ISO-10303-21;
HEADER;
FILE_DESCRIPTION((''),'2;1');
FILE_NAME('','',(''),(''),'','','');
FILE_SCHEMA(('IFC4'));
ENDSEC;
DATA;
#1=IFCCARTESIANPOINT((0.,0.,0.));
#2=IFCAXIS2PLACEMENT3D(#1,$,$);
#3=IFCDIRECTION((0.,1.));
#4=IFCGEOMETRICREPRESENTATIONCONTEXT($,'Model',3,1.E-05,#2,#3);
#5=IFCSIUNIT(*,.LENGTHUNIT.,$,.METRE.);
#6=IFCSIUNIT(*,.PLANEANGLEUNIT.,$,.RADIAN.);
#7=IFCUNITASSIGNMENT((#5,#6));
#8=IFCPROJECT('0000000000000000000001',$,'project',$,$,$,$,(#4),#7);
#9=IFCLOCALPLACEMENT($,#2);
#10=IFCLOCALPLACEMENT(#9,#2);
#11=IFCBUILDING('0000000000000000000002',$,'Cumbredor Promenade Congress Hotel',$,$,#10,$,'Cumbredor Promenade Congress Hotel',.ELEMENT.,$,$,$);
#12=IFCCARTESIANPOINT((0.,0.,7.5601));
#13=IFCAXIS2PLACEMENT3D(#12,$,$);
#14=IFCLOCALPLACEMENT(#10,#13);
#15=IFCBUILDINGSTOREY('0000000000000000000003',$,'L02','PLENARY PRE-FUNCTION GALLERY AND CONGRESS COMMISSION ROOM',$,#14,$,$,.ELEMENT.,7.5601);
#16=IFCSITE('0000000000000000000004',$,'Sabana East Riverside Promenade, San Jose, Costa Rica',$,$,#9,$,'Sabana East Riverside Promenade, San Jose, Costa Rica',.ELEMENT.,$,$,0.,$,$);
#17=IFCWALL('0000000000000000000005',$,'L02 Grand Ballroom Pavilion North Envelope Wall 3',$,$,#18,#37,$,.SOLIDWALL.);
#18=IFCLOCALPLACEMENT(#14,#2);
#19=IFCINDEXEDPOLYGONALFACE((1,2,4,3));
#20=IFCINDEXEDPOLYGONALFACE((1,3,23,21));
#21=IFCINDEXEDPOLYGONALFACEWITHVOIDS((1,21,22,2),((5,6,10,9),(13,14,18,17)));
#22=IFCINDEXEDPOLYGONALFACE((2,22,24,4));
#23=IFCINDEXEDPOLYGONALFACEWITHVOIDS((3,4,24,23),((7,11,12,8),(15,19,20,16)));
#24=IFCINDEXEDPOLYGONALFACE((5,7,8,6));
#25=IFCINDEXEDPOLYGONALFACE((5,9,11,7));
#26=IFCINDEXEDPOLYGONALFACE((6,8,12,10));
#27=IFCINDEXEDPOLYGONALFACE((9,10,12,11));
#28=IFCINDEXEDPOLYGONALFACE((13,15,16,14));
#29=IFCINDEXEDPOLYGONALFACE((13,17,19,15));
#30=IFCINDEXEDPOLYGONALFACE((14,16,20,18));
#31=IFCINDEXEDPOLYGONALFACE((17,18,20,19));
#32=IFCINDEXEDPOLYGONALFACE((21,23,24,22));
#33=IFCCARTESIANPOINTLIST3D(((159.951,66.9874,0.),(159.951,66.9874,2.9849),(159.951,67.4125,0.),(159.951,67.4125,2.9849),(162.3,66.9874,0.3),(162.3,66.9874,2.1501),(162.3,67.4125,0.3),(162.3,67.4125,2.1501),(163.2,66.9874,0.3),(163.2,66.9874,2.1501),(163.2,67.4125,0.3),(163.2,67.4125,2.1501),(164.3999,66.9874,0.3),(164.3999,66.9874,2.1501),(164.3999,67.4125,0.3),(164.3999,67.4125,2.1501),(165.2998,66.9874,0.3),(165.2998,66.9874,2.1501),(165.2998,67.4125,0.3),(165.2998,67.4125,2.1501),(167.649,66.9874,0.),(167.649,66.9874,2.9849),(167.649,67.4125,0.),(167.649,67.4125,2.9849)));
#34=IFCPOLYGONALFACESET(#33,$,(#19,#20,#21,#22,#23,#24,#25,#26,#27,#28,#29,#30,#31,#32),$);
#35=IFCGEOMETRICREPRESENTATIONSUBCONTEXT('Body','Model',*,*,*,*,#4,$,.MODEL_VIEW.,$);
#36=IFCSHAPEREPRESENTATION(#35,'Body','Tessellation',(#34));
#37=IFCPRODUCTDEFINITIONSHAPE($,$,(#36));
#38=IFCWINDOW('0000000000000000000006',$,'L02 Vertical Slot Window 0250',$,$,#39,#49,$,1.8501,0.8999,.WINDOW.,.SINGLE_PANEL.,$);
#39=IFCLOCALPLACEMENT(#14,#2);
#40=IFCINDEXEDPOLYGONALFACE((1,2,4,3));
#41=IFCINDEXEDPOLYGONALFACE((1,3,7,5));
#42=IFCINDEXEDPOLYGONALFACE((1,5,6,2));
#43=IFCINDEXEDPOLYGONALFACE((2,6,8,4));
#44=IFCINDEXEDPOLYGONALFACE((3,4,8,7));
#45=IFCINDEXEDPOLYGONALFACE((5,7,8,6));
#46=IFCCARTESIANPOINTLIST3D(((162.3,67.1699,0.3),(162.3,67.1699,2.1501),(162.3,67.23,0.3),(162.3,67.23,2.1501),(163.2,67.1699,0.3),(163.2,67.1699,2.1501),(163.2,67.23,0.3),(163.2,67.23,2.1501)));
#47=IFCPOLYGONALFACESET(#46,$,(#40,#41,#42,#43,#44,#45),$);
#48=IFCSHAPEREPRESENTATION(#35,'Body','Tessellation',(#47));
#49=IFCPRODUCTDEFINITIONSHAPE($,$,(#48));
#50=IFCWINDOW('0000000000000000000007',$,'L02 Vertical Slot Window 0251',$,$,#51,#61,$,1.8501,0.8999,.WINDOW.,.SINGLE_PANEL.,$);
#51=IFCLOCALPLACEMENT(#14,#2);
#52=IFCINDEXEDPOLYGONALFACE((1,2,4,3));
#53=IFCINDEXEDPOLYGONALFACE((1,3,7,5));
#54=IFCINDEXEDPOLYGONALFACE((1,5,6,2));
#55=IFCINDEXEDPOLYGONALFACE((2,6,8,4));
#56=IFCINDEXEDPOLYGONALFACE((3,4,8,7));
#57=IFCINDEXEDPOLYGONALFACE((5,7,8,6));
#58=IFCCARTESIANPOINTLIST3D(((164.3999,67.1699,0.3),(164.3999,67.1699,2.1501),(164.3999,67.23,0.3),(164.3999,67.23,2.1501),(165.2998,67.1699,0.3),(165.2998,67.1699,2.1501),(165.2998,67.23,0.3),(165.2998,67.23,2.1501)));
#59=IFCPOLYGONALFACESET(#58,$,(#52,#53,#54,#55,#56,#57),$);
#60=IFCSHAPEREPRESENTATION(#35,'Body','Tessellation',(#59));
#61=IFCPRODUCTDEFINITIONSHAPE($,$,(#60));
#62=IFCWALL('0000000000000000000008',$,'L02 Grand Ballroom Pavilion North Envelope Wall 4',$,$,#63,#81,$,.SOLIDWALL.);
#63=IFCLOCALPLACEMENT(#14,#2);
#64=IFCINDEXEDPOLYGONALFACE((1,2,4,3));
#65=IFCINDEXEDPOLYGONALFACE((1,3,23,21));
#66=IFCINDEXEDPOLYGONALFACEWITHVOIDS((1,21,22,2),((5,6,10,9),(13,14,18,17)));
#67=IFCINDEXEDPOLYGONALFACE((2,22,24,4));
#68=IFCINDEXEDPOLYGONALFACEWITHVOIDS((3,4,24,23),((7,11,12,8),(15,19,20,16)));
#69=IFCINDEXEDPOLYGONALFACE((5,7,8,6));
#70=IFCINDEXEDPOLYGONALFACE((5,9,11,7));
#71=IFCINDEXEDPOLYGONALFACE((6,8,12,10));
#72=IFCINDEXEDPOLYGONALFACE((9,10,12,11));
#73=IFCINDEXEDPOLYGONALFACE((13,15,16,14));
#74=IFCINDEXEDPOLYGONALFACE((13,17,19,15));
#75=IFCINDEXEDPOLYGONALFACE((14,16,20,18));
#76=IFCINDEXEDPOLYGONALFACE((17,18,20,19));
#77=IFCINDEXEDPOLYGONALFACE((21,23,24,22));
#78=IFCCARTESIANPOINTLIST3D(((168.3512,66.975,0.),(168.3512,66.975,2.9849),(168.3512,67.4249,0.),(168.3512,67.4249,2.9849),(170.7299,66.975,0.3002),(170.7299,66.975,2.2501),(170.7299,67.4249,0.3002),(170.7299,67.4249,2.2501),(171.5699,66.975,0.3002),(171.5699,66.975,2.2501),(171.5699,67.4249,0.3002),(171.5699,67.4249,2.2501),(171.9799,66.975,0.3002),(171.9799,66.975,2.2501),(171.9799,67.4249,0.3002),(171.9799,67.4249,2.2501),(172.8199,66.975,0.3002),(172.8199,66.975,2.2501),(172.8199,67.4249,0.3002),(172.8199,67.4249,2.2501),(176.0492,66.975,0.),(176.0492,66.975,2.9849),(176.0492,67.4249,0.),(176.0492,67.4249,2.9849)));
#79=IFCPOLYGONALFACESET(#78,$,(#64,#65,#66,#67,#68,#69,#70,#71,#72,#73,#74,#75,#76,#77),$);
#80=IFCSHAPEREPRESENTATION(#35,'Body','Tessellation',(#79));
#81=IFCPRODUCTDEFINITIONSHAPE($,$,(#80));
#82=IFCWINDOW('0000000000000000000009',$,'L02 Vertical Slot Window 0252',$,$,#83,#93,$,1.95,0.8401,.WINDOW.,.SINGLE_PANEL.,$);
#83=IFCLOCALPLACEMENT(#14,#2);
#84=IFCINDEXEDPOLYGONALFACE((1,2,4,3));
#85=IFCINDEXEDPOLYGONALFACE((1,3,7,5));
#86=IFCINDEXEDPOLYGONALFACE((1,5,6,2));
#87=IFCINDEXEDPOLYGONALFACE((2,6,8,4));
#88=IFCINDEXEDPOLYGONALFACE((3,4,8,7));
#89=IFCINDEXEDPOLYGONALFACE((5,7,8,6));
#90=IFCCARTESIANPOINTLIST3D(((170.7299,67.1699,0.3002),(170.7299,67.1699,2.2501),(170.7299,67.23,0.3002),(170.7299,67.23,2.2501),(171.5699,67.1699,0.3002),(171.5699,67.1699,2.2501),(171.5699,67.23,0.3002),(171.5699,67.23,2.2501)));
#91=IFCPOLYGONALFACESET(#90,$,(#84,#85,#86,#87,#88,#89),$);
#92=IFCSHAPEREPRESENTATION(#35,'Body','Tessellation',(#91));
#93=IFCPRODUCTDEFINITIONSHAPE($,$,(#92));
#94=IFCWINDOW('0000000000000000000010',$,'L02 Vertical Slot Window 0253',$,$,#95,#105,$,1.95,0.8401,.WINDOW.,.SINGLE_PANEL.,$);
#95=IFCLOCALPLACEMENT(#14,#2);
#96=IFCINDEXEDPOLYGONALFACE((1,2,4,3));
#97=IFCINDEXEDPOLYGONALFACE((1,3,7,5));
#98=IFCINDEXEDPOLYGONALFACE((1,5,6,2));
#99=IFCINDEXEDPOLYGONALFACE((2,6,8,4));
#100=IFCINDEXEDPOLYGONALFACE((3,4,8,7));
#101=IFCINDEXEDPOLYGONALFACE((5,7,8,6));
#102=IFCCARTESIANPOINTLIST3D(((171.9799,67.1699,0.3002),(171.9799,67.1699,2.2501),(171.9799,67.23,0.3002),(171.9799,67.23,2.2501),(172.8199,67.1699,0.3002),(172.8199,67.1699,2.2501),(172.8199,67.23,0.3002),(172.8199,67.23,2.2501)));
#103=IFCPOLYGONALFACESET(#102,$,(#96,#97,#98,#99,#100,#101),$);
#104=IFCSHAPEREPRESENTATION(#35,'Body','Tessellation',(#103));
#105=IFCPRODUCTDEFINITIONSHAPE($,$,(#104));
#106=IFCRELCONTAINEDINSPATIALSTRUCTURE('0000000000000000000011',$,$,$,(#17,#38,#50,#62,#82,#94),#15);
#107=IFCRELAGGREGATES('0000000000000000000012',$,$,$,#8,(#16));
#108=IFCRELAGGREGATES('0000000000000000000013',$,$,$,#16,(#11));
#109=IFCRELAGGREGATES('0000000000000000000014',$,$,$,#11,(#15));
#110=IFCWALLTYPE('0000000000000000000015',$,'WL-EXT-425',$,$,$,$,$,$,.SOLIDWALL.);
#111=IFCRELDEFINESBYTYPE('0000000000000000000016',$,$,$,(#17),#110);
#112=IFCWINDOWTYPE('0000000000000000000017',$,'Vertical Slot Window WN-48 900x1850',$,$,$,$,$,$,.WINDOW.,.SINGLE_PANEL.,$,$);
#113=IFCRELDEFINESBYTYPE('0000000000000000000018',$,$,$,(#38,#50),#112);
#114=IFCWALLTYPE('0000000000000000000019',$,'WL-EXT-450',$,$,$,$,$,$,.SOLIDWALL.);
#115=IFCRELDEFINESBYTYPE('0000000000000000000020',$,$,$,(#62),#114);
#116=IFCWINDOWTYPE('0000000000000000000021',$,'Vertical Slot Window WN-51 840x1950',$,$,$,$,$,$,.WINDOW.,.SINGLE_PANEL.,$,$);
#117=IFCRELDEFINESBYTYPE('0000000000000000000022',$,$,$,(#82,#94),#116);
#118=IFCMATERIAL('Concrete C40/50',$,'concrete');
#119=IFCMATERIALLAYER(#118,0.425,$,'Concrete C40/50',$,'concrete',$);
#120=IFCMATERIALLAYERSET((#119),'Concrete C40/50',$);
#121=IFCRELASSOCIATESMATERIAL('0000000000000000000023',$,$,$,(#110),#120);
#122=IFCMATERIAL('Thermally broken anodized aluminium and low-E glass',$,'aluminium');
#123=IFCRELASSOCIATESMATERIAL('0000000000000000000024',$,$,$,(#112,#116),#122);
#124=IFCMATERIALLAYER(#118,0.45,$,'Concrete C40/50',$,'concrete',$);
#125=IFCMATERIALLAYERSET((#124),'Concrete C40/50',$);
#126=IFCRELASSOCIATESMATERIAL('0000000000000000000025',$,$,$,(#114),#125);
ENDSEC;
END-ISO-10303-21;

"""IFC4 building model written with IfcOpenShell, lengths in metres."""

from ifc_helpers import new_model, si_unit, direction, frame, frame_2d, origin, place, context, subcontext, project, spatial, rectangle, extrude, material, layer, layer_set, type_object, element, fill, save


model = new_model("IFC4")

# Units and contexts
model_context = context("Model", 3, precision=1e-05, world=origin(), true_north=direction((0.0, 1.0)))
body_context = subcontext(model_context, "Body", "Model", "MODEL_VIEW")
ifc_project = project(units=[si_unit("LENGTHUNIT", "METRE"), si_unit("PLANEANGLEUNIT", "RADIAN")], contexts=[model_context])

# Site, building, storey
site_placement = place(None, origin())
site = spatial("IfcSite", under=ifc_project, at=site_placement, Name="Sabana East Riverside Promenade, San Jose, Costa Rica", LongName="Sabana East Riverside Promenade, San Jose, Costa Rica", CompositionType="ELEMENT", RefElevation=0.0)
building_placement = place(site_placement, origin())
building = spatial("IfcBuilding", under=site, at=building_placement, Name="Cumbredor Promenade Congress Hotel", LongName="Cumbredor Promenade Congress Hotel", CompositionType="ELEMENT")
storey_placement = place(building_placement, frame((0.0, 0.0, 7.5601)))
storey = spatial("IfcBuildingStorey", under=building, at=storey_placement, Name="L02", Description="PLENARY PRE-FUNCTION GALLERY AND CONGRESS COMMISSION ROOM", CompositionType="ELEMENT", Elevation=7.5601)

# Shared definitions
ifc_material_1 = material(Name="Concrete C40/50", Category="concrete")

# Shared definitions
ifc_material_2 = material(Name="Thermally broken anodized aluminium and low-E glass", Category="aluminium")

# Walls, openings, windows
ifc_layer_1 = layer(ifc_material_1, 0.425, Name="Concrete C40/50", Category="concrete")
ifc_layer_set_1 = layer_set([ifc_layer_1], Name="Concrete C40/50")
wall_type_1 = type_object("IfcWallType", Name="WL-EXT-425", PredefinedType="SOLIDWALL", material=ifc_layer_set_1)
wall_1_placement = place(storey_placement, frame((159.9509, 67.2, 0.0), z_axis=(0.0, 0.0, 1.0), x_axis=(1.0, 0.0, 0.0)))
wall_1 = element("IfcWall", 1, at=wall_1_placement, inside=storey, type_object=wall_type_1, Name="L02 Grand Ballroom Pavilion North Envelope Wall 3", PredefinedType="SOLIDWALL", context=body_context, shape_type="SweptSolid", body=[
    extrude(rectangle(XDim=7.698, YDim=0.425, at=frame_2d((3.8491, 0.0))), origin(), (0.0, 0.0, 1.0), 2.9849),
])
opening_1_placement = place(wall_1_placement, frame((2.3491, 0.0, 0.3)))
opening_1 = element("IfcOpeningElement", 2, at=opening_1_placement, cuts=wall_1, PredefinedType="OPENING", context=body_context, shape_type="SweptSolid", body=[
    extrude(rectangle(XDim=0.8999, YDim=1.8501, at=frame_2d((0.45, 0.925))), frame((0.0, 0.2227, 0.0), z_axis=(0.0, -1.0, 0.0), x_axis=(1.0, 0.0, 0.0)), (0.0, 0.0, 1.0), 0.4451),
])
opening_2_placement = place(wall_1_placement, frame((4.449, 0.0, 0.3)))
opening_2 = element("IfcOpeningElement", 3, at=opening_2_placement, cuts=wall_1, PredefinedType="OPENING", context=body_context, shape_type="SweptSolid", body=[
    extrude(rectangle(XDim=0.8999, YDim=1.8501, at=frame_2d((0.45, 0.925))), frame((0.0, 0.2227, 0.0), z_axis=(0.0, -1.0, 0.0), x_axis=(1.0, 0.0, 0.0)), (0.0, 0.0, 1.0), 0.4451),
])
window_type_1 = type_object("IfcWindowType", Name="Vertical Slot Window WN-48 900x1850", PartitioningType="SINGLE_PANEL", PredefinedType="WINDOW", material=ifc_material_2)
window_1_placement = place(opening_1_placement, origin())
window_1 = element("IfcWindow", 4, at=window_1_placement, inside=storey, type_object=window_type_1, Name="L02 Vertical Slot Window 0250", OverallHeight=1.8501, OverallWidth=0.8999, PartitioningType="SINGLE_PANEL", PredefinedType="WINDOW", context=body_context, shape_type="SweptSolid", body=[
    extrude(rectangle(XDim=0.8999, YDim=1.8501, at=frame_2d((0.45, 0.925))), frame((0.0, 0.03, 0.0), z_axis=(0.0, -1.0, 0.0), x_axis=(1.0, 0.0, 0.0)), (0.0, 0.0, 1.0), 0.0601),
])
fill(opening_1, window_1)
window_2_placement = place(opening_2_placement, origin())
window_2 = element("IfcWindow", 5, at=window_2_placement, inside=storey, type_object=window_type_1, Name="L02 Vertical Slot Window 0251", OverallHeight=1.8501, OverallWidth=0.8999, PartitioningType="SINGLE_PANEL", PredefinedType="WINDOW", context=body_context, shape_type="SweptSolid", body=[
    extrude(rectangle(XDim=0.8999, YDim=1.8501, at=frame_2d((0.45, 0.925))), frame((0.0, 0.03, 0.0), z_axis=(0.0, -1.0, 0.0), x_axis=(1.0, 0.0, 0.0)), (0.0, 0.0, 1.0), 0.0601),
])
fill(opening_2, window_2)
ifc_layer_2 = layer(ifc_material_1, 0.45, Name="Concrete C40/50", Category="concrete")
ifc_layer_set_2 = layer_set([ifc_layer_2], Name="Concrete C40/50")
wall_type_2 = type_object("IfcWallType", Name="WL-EXT-450", PredefinedType="SOLIDWALL", material=ifc_layer_set_2)
wall_2_placement = place(storey_placement, frame((168.3511, 67.2, 0.0), z_axis=(0.0, 0.0, 1.0), x_axis=(1.0, 0.0, 0.0)))
wall_2 = element("IfcWall", 6, at=wall_2_placement, inside=storey, type_object=wall_type_2, Name="L02 Grand Ballroom Pavilion North Envelope Wall 4", PredefinedType="SOLIDWALL", context=body_context, shape_type="SweptSolid", body=[
    extrude(rectangle(XDim=7.698, YDim=0.45, at=frame_2d((3.8491, 0.0))), origin(), (0.0, 0.0, 1.0), 2.9849),
])
opening_3_placement = place(wall_2_placement, frame((2.3789, 0.0, 0.3)))
opening_3 = element("IfcOpeningElement", 7, at=opening_3_placement, cuts=wall_2, PredefinedType="OPENING", context=body_context, shape_type="SweptSolid", body=[
    extrude(rectangle(XDim=0.8401, YDim=1.95, at=frame_2d((0.4199, 0.9751))), frame((0.0, 0.2349, 0.0), z_axis=(0.0, -1.0, 0.0), x_axis=(1.0, 0.0, 0.0)), (0.0, 0.0, 1.0), 0.47),
])
opening_4_placement = place(wall_2_placement, frame((3.6289, 0.0, 0.3)))
opening_4 = element("IfcOpeningElement", 8, at=opening_4_placement, cuts=wall_2, PredefinedType="OPENING", context=body_context, shape_type="SweptSolid", body=[
    extrude(rectangle(XDim=0.8401, YDim=1.95, at=frame_2d((0.4199, 0.9751))), frame((0.0, 0.2349, 0.0), z_axis=(0.0, -1.0, 0.0), x_axis=(1.0, 0.0, 0.0)), (0.0, 0.0, 1.0), 0.47),
])
window_type_2 = type_object("IfcWindowType", Name="Vertical Slot Window WN-51 840x1950", PartitioningType="SINGLE_PANEL", PredefinedType="WINDOW", material=ifc_material_2)
window_3_placement = place(opening_3_placement, origin())
window_3 = element("IfcWindow", 9, at=window_3_placement, inside=storey, type_object=window_type_2, Name="L02 Vertical Slot Window 0252", OverallHeight=1.95, OverallWidth=0.8401, PartitioningType="SINGLE_PANEL", PredefinedType="WINDOW", context=body_context, shape_type="SweptSolid", body=[
    extrude(rectangle(XDim=0.8401, YDim=1.95, at=frame_2d((0.4199, 0.9751))), frame((0.0, 0.03, 0.0), z_axis=(0.0, -1.0, 0.0), x_axis=(1.0, 0.0, 0.0)), (0.0, 0.0, 1.0), 0.0601),
])
fill(opening_3, window_3)
window_4_placement = place(opening_4_placement, origin())
window_4 = element("IfcWindow", 10, at=window_4_placement, inside=storey, type_object=window_type_2, Name="L02 Vertical Slot Window 0253", OverallHeight=1.95, OverallWidth=0.8401, PartitioningType="SINGLE_PANEL", PredefinedType="WINDOW", context=body_context, shape_type="SweptSolid", body=[
    extrude(rectangle(XDim=0.8401, YDim=1.95, at=frame_2d((0.4199, 0.9751))), frame((0.0, 0.03, 0.0), z_axis=(0.0, -1.0, 0.0), x_axis=(1.0, 0.0, 0.0)), (0.0, 0.0, 1.0), 0.0601),
])
fill(opening_4, window_4)

save(model, "model.ifc")
